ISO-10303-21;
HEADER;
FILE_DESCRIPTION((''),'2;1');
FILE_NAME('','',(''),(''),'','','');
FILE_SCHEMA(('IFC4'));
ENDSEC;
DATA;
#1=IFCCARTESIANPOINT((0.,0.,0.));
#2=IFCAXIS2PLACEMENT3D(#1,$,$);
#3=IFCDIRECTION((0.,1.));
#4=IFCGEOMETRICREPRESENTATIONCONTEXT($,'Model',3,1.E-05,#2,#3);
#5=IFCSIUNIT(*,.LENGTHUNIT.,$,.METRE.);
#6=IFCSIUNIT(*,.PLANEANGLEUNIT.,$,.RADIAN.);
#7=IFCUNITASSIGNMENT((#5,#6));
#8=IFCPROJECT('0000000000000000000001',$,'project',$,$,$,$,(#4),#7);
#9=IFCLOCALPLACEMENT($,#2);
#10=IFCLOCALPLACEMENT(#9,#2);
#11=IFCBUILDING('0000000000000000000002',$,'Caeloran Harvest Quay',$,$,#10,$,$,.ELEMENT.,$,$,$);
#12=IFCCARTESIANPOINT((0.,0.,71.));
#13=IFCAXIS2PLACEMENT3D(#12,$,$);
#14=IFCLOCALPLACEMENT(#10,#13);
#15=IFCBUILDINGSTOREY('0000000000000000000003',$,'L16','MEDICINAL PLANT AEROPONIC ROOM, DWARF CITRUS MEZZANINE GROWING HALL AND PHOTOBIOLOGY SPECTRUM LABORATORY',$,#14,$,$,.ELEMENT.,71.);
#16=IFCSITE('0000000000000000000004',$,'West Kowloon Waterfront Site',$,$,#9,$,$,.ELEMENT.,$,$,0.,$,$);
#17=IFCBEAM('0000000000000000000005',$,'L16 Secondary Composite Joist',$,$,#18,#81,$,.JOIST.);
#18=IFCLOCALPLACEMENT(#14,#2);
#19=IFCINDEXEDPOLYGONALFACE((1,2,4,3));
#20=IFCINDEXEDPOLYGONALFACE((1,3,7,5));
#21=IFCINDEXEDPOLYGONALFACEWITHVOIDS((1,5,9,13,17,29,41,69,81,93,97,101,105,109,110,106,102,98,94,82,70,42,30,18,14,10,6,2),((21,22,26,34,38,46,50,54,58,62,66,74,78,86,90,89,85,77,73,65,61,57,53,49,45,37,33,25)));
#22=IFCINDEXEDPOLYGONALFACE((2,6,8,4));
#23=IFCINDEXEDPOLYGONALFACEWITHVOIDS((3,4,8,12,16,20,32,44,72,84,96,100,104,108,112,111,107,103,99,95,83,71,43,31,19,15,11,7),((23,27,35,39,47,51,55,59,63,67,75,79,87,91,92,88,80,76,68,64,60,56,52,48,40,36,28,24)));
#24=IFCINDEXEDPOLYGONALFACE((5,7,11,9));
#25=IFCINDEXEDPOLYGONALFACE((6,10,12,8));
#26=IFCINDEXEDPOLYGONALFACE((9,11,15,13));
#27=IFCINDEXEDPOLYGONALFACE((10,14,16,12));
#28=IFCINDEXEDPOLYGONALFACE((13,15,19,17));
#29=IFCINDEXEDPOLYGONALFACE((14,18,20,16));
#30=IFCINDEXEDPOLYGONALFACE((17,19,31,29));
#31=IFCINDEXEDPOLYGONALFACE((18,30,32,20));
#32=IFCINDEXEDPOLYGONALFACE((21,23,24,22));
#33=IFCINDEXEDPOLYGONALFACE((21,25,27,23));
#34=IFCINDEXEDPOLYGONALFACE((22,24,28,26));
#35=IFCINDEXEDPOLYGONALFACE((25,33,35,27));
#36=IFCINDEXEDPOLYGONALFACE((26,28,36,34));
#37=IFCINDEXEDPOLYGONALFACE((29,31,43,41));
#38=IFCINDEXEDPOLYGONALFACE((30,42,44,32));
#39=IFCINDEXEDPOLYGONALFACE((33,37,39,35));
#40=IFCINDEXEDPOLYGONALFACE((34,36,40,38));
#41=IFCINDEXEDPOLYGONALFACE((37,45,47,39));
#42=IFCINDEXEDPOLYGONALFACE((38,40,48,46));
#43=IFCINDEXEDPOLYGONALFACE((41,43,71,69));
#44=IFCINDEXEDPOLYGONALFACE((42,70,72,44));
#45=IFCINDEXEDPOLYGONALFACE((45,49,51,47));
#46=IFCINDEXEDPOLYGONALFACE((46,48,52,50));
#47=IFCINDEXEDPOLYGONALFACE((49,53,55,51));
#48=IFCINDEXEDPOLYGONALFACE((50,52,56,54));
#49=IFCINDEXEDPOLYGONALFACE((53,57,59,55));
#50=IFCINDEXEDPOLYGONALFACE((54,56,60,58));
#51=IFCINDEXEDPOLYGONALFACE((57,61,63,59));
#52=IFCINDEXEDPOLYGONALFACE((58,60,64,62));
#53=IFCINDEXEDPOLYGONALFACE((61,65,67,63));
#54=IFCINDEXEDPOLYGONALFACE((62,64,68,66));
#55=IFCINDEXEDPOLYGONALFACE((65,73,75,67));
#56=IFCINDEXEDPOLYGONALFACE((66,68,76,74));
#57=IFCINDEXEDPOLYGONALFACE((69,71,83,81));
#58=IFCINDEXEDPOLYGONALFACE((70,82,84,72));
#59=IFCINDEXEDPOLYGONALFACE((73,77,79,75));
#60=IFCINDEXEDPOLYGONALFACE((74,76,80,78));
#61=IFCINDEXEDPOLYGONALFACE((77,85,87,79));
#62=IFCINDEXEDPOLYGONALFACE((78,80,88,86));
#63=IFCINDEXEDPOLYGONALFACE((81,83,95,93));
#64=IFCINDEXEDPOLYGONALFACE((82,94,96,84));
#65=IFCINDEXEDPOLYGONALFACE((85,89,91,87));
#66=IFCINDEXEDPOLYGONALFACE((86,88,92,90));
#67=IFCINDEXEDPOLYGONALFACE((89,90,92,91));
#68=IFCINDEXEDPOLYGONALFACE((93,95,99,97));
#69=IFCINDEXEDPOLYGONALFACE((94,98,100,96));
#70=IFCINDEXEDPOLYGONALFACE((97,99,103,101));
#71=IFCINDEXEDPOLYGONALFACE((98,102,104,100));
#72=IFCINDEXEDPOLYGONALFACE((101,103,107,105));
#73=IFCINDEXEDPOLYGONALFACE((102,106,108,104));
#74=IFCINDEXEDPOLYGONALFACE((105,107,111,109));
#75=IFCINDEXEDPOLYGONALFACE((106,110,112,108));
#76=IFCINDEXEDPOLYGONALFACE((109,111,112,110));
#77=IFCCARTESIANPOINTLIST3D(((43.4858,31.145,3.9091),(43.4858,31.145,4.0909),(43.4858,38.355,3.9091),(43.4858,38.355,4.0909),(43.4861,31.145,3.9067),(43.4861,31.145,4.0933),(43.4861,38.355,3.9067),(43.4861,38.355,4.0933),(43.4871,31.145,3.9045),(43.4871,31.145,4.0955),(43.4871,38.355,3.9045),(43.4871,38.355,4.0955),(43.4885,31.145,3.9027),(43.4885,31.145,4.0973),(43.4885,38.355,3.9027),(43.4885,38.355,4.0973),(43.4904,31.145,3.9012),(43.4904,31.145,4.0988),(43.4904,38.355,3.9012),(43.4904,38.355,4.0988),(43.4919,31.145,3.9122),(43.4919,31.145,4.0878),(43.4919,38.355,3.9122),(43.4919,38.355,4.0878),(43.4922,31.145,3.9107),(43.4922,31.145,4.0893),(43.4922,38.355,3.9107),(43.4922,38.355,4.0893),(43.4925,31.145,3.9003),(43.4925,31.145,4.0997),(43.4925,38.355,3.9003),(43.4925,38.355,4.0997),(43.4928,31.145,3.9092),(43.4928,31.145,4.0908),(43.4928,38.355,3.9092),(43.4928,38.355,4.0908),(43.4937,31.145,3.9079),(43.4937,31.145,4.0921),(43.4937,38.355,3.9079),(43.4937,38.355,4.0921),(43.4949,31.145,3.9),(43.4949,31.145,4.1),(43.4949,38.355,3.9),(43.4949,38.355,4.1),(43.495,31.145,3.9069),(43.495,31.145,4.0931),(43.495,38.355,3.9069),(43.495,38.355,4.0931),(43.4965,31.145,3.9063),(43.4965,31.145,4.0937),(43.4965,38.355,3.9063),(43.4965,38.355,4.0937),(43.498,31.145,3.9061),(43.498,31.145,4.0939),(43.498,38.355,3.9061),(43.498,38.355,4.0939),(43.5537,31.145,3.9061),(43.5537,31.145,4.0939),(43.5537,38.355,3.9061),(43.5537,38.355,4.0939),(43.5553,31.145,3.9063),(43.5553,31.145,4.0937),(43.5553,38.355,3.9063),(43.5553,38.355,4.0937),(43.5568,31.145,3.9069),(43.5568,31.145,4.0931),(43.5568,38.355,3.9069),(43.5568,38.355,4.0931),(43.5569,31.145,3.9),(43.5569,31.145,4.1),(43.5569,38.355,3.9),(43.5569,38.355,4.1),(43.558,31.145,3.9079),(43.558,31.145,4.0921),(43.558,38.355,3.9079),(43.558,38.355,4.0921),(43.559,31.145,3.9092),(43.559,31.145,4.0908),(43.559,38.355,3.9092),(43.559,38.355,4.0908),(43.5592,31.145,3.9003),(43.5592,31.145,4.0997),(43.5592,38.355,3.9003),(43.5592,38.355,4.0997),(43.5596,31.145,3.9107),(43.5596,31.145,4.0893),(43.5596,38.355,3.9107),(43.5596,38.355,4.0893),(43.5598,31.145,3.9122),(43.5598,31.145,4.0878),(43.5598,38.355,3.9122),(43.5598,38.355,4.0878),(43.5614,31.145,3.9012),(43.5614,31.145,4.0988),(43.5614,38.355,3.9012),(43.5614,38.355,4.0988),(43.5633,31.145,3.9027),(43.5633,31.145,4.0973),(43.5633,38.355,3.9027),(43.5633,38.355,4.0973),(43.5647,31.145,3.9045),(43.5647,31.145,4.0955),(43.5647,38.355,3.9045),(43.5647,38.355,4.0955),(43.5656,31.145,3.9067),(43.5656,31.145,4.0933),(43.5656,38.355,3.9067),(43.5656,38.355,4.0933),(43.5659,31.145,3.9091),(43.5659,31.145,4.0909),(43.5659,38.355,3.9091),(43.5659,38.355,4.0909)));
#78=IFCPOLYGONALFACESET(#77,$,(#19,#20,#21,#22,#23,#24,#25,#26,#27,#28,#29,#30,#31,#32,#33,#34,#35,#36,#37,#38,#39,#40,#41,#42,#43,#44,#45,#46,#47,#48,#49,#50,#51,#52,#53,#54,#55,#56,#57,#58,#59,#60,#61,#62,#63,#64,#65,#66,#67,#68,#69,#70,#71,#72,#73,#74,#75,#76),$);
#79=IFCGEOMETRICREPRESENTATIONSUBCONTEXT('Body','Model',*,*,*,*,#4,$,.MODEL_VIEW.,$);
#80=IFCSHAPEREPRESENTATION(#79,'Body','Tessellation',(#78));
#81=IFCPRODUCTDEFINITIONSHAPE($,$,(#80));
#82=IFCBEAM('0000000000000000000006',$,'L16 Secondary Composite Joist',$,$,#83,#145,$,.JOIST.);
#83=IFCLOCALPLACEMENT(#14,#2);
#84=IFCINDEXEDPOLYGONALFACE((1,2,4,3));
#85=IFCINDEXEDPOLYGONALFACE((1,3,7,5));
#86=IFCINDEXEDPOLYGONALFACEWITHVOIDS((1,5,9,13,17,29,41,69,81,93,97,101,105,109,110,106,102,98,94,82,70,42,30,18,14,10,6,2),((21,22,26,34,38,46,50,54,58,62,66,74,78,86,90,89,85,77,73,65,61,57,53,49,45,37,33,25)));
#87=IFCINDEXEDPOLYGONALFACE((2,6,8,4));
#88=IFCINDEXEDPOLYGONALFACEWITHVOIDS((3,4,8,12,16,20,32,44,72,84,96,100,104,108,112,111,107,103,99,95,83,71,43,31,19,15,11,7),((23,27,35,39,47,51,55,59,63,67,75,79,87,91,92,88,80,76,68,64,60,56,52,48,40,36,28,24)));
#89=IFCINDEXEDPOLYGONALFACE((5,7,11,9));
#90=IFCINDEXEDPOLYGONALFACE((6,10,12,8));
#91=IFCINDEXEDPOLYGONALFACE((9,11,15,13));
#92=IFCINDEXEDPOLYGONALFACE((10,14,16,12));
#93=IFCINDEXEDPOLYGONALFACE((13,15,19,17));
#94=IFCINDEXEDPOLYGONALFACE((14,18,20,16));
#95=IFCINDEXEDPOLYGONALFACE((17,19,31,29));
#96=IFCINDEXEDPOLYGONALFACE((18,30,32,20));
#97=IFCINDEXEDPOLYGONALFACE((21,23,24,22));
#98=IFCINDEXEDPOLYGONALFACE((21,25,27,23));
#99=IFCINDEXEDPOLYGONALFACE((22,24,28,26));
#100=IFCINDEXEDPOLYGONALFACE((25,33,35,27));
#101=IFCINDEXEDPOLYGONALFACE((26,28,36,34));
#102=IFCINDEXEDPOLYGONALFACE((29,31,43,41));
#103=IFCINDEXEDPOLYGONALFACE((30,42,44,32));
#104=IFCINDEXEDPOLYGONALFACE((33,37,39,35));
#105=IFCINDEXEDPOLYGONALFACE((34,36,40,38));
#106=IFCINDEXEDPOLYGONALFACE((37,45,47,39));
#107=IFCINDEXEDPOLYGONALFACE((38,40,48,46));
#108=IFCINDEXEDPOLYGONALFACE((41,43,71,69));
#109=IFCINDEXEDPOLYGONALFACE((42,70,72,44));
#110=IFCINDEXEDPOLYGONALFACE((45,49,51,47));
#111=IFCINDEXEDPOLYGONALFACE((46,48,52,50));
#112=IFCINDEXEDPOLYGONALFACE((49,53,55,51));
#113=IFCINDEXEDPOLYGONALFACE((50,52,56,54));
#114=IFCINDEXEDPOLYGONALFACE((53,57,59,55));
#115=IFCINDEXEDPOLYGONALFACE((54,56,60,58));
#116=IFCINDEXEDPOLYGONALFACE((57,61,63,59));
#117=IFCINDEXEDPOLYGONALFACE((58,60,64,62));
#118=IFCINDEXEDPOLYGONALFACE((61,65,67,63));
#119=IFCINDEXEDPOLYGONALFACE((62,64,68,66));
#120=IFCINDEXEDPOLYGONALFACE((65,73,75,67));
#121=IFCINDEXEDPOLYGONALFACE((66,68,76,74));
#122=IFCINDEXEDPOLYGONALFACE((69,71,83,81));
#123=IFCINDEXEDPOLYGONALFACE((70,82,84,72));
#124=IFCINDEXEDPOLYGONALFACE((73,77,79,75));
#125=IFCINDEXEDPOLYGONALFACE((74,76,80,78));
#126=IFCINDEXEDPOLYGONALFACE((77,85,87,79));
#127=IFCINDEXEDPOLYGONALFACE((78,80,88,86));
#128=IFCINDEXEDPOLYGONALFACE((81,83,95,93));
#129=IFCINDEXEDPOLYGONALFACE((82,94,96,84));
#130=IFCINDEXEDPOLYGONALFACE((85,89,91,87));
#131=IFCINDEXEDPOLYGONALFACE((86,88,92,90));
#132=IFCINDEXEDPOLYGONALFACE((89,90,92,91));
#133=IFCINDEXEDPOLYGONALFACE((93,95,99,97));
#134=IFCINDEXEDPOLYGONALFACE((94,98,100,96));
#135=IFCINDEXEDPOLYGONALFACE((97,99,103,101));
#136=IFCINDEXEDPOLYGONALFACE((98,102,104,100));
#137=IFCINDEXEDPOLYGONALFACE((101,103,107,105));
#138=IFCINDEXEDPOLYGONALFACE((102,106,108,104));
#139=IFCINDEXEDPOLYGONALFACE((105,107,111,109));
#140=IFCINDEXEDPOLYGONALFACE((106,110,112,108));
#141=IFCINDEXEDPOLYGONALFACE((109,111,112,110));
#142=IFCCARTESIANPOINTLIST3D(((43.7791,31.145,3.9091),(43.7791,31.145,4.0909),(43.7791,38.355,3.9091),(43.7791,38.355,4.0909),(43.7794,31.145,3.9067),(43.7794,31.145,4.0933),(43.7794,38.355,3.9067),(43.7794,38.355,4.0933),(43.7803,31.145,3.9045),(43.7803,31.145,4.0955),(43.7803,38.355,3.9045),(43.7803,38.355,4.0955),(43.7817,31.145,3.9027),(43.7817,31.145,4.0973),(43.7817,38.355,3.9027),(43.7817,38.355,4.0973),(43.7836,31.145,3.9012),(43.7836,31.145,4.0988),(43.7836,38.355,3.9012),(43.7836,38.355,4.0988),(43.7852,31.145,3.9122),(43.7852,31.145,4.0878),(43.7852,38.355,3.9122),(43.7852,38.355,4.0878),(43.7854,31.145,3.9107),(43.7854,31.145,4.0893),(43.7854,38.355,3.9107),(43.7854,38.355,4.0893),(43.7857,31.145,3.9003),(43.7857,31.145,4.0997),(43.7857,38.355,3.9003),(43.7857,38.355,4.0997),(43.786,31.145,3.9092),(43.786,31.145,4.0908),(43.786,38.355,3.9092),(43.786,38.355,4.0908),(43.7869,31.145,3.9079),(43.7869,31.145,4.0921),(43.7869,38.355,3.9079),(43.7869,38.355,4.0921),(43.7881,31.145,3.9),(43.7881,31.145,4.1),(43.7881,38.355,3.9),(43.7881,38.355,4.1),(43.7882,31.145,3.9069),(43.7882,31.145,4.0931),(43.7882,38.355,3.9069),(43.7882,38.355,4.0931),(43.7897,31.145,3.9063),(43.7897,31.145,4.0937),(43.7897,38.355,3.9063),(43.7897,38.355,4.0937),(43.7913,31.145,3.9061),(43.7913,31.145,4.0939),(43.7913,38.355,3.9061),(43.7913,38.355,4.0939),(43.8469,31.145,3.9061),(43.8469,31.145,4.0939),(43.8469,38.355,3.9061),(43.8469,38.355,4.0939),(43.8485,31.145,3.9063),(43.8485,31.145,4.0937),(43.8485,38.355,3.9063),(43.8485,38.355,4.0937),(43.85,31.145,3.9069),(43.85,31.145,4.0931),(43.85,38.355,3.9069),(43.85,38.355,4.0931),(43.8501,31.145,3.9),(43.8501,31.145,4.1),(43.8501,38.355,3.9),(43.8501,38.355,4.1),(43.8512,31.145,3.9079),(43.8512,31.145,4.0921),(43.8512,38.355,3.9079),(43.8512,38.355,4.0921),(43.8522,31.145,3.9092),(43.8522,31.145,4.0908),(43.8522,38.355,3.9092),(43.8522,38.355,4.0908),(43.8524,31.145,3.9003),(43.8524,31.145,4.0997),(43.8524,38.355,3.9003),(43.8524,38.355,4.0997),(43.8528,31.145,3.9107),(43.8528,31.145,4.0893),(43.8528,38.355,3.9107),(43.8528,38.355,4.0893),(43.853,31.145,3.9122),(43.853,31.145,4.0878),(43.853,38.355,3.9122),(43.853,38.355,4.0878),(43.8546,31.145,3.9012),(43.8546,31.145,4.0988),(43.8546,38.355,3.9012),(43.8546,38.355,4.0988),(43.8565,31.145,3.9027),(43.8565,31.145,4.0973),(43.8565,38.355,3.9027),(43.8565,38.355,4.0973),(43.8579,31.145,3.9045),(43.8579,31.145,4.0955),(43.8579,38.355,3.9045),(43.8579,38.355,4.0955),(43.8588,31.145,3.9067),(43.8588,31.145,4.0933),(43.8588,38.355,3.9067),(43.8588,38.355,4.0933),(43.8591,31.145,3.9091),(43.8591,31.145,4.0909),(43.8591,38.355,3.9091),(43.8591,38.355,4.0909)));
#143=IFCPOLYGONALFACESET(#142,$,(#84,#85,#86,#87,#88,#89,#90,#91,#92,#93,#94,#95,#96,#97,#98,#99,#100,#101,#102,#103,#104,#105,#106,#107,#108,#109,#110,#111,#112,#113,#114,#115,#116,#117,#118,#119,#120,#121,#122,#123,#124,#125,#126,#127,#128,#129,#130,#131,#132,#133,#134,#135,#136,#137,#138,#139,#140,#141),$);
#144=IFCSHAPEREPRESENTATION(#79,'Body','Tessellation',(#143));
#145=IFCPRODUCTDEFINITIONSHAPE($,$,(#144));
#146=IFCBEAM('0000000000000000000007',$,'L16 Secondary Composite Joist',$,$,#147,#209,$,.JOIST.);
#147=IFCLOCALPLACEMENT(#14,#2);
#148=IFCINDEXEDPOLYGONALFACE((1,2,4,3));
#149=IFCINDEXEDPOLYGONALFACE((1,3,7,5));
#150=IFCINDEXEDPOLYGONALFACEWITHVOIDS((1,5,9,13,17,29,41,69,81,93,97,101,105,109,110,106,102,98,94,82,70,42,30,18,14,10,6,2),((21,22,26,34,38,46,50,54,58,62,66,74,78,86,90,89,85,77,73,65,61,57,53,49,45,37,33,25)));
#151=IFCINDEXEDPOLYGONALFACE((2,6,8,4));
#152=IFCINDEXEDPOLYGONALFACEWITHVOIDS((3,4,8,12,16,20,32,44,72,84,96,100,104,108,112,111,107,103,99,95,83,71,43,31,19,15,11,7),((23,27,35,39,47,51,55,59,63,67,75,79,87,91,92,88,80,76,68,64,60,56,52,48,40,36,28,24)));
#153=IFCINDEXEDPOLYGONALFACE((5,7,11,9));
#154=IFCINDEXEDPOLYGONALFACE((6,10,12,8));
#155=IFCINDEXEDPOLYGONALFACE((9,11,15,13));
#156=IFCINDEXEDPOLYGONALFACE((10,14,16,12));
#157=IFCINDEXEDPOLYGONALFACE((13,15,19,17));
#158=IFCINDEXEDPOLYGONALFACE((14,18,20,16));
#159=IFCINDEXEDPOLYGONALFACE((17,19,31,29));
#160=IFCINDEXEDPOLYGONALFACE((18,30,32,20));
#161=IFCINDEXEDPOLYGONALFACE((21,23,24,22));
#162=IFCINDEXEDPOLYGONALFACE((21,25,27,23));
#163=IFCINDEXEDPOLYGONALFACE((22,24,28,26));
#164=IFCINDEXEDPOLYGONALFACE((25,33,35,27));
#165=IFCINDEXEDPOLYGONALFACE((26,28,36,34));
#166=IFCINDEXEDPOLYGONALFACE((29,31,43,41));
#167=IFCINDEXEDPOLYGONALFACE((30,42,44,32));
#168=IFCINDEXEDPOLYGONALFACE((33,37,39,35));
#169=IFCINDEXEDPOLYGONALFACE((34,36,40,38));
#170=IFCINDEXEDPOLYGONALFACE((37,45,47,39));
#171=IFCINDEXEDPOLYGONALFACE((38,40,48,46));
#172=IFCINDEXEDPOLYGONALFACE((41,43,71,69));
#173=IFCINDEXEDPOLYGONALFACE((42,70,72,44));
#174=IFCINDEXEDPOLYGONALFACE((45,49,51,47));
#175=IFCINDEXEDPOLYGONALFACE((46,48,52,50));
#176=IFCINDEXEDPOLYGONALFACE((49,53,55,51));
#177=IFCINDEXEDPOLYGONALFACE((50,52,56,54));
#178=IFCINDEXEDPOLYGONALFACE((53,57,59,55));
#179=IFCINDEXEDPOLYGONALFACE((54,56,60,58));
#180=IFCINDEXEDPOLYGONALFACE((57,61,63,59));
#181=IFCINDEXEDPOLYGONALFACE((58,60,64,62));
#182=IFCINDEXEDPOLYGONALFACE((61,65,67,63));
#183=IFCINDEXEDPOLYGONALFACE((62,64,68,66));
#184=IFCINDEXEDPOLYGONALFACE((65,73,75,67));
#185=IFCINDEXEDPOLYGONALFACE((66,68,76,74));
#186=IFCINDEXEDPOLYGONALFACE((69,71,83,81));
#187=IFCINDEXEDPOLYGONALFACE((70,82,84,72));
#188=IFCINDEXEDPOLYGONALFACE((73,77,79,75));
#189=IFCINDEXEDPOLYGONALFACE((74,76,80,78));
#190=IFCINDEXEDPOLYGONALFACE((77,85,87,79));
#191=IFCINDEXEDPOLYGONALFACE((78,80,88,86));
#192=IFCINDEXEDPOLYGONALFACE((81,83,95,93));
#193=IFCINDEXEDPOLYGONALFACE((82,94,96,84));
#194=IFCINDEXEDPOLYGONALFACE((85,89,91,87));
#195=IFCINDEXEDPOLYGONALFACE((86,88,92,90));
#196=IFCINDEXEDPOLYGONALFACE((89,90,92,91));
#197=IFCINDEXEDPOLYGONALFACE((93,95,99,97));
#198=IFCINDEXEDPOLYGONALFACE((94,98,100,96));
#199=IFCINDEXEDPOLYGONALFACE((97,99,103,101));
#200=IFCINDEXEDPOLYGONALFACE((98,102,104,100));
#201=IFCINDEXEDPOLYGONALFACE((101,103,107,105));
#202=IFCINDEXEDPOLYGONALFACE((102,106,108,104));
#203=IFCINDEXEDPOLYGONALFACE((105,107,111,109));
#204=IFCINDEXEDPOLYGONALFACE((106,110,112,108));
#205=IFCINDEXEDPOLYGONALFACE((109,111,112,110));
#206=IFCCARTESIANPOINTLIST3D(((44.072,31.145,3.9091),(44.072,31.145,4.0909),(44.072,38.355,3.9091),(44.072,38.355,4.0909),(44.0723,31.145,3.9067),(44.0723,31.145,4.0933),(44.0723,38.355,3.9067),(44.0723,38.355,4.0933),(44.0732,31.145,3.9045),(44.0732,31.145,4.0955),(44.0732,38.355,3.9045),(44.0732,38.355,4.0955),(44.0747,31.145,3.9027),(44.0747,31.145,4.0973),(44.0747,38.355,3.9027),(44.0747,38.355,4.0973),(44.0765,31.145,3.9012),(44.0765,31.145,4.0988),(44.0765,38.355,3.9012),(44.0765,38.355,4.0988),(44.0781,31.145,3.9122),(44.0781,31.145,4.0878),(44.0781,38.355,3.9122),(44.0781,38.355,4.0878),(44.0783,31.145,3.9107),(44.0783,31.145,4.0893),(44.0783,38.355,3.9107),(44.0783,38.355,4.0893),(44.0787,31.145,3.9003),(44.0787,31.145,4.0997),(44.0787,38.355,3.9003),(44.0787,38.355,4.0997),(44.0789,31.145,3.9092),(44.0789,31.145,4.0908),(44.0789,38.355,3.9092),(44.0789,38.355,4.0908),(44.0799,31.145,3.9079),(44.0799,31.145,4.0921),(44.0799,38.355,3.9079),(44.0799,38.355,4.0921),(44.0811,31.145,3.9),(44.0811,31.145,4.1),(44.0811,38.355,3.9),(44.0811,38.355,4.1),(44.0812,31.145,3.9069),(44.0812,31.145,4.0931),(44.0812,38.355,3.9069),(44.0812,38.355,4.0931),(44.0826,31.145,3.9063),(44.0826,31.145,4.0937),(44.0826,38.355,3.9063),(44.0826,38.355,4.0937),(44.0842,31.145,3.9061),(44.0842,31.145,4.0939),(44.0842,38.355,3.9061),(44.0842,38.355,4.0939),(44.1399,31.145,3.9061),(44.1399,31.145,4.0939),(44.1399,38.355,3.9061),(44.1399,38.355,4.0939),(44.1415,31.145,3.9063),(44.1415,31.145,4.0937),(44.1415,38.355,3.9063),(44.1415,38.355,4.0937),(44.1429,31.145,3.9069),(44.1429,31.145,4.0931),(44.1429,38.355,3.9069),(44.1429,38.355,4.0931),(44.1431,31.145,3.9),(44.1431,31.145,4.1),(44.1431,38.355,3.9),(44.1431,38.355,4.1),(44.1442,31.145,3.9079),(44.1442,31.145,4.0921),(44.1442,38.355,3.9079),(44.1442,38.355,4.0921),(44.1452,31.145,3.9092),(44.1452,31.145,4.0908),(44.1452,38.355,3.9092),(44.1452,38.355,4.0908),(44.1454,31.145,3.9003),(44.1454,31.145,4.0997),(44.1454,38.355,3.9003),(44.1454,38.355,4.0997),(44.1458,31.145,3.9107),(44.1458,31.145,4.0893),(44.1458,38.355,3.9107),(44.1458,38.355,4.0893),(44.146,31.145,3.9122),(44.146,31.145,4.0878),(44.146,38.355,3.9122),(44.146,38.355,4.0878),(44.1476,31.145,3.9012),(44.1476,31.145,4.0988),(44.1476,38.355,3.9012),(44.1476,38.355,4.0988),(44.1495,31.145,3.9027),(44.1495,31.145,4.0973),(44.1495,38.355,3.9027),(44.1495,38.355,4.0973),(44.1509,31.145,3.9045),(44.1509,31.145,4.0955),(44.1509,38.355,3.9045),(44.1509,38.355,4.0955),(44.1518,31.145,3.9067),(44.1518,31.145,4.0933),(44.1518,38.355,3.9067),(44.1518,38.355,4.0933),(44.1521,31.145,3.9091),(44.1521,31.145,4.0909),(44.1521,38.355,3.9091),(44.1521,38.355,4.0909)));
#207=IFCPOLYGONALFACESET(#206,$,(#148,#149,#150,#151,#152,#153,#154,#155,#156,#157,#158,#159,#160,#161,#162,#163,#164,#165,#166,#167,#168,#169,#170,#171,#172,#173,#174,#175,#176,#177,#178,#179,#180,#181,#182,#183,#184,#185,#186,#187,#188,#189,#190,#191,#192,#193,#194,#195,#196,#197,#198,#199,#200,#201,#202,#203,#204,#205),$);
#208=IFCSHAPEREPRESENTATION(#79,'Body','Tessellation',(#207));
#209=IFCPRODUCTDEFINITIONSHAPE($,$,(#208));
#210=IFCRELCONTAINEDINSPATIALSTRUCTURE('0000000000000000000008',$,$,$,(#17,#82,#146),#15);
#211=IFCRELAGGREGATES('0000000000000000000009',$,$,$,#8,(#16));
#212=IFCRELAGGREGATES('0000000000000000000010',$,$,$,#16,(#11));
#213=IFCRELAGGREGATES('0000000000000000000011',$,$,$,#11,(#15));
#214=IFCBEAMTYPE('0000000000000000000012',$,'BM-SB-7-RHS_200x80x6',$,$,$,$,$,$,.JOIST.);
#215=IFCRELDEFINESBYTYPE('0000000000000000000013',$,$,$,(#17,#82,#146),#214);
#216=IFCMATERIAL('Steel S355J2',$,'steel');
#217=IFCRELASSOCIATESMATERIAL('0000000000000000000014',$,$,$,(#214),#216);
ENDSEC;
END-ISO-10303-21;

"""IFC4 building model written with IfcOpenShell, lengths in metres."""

from ifc_helpers import new_model, si_unit, direction, frame, origin, origin_2d, place, context, subcontext, project, spatial, hollow_rectangle, extrude, material, material_profile, profile_set, type_object, element, save


model = new_model("IFC4")

# Units and contexts
model_context = context("Model", 3, precision=1e-05, world=origin(), true_north=direction((0.0, 1.0)))
body_context = subcontext(model_context, "Body", "Model", "MODEL_VIEW")
ifc_project = project(units=[si_unit("LENGTHUNIT", "METRE"), si_unit("PLANEANGLEUNIT", "RADIAN")], contexts=[model_context])

# Site, building, storey
site_placement = place(None, origin())
site = spatial("IfcSite", under=ifc_project, at=site_placement, Name="West Kowloon Waterfront Site", CompositionType="ELEMENT", RefElevation=0.0)
building_placement = place(site_placement, origin())
building = spatial("IfcBuilding", under=site, at=building_placement, Name="Caeloran Harvest Quay", CompositionType="ELEMENT")
storey_placement = place(building_placement, frame((0.0, 0.0, 71.0)))
storey = spatial("IfcBuildingStorey", under=building, at=storey_placement, Name="L16", Description="MEDICINAL PLANT AEROPONIC ROOM, DWARF CITRUS MEZZANINE GROWING HALL AND PHOTOBIOLOGY SPECTRUM LABORATORY", CompositionType="ELEMENT", Elevation=71.0)

# Beams
ifc_material_1 = material(Name="Steel S355J2", Category="steel")
ifc_material_profile_1 = material_profile(ifc_material_1, hollow_rectangle(XDim=0.0801, YDim=0.2, WallThickness=0.0061, InnerFilletRadius=0.0061, OuterFilletRadius=0.009, at=origin_2d()), Name="RHS 200x80x6")
ifc_profile_set_1 = profile_set([ifc_material_profile_1], Name="Steel S355J2")
beam_type_1 = type_object("IfcBeamType", Name="BM-SB-7-RHS_200x80x6", PredefinedType="JOIST", material=ifc_profile_set_1)
for number, where, z_axis, x_axis, name in (
    (1, (43.5259, 31.145, 4.0), (0.0, 1.0, 0.0), (-1.0, 0.0, 0.0), "L16 Secondary Composite Joist"),
    (2, (43.8191, 31.145, 4.0), (0.0, 1.0, 0.0), (-1.0, 0.0, 0.0), "L16 Secondary Composite Joist"),
    (3, (44.1121, 31.145, 4.0), (0.0, 1.0, 0.0), (-1.0, 0.0, 0.0), "L16 Secondary Composite Joist"),
):
    element("IfcBeam", number, at=place(storey_placement, frame(where, z_axis=z_axis, x_axis=x_axis)), inside=storey, type_object=beam_type_1, Name=name, PredefinedType="JOIST", context=body_context, shape_type="SweptSolid", body=[
        extrude(hollow_rectangle(XDim=0.0801, YDim=0.2, WallThickness=0.0061, InnerFilletRadius=0.0061, OuterFilletRadius=0.009, at=origin_2d()), origin(), (0.0, 0.0, 1.0), 7.21),
    ])

save(model, "model.ifc")
